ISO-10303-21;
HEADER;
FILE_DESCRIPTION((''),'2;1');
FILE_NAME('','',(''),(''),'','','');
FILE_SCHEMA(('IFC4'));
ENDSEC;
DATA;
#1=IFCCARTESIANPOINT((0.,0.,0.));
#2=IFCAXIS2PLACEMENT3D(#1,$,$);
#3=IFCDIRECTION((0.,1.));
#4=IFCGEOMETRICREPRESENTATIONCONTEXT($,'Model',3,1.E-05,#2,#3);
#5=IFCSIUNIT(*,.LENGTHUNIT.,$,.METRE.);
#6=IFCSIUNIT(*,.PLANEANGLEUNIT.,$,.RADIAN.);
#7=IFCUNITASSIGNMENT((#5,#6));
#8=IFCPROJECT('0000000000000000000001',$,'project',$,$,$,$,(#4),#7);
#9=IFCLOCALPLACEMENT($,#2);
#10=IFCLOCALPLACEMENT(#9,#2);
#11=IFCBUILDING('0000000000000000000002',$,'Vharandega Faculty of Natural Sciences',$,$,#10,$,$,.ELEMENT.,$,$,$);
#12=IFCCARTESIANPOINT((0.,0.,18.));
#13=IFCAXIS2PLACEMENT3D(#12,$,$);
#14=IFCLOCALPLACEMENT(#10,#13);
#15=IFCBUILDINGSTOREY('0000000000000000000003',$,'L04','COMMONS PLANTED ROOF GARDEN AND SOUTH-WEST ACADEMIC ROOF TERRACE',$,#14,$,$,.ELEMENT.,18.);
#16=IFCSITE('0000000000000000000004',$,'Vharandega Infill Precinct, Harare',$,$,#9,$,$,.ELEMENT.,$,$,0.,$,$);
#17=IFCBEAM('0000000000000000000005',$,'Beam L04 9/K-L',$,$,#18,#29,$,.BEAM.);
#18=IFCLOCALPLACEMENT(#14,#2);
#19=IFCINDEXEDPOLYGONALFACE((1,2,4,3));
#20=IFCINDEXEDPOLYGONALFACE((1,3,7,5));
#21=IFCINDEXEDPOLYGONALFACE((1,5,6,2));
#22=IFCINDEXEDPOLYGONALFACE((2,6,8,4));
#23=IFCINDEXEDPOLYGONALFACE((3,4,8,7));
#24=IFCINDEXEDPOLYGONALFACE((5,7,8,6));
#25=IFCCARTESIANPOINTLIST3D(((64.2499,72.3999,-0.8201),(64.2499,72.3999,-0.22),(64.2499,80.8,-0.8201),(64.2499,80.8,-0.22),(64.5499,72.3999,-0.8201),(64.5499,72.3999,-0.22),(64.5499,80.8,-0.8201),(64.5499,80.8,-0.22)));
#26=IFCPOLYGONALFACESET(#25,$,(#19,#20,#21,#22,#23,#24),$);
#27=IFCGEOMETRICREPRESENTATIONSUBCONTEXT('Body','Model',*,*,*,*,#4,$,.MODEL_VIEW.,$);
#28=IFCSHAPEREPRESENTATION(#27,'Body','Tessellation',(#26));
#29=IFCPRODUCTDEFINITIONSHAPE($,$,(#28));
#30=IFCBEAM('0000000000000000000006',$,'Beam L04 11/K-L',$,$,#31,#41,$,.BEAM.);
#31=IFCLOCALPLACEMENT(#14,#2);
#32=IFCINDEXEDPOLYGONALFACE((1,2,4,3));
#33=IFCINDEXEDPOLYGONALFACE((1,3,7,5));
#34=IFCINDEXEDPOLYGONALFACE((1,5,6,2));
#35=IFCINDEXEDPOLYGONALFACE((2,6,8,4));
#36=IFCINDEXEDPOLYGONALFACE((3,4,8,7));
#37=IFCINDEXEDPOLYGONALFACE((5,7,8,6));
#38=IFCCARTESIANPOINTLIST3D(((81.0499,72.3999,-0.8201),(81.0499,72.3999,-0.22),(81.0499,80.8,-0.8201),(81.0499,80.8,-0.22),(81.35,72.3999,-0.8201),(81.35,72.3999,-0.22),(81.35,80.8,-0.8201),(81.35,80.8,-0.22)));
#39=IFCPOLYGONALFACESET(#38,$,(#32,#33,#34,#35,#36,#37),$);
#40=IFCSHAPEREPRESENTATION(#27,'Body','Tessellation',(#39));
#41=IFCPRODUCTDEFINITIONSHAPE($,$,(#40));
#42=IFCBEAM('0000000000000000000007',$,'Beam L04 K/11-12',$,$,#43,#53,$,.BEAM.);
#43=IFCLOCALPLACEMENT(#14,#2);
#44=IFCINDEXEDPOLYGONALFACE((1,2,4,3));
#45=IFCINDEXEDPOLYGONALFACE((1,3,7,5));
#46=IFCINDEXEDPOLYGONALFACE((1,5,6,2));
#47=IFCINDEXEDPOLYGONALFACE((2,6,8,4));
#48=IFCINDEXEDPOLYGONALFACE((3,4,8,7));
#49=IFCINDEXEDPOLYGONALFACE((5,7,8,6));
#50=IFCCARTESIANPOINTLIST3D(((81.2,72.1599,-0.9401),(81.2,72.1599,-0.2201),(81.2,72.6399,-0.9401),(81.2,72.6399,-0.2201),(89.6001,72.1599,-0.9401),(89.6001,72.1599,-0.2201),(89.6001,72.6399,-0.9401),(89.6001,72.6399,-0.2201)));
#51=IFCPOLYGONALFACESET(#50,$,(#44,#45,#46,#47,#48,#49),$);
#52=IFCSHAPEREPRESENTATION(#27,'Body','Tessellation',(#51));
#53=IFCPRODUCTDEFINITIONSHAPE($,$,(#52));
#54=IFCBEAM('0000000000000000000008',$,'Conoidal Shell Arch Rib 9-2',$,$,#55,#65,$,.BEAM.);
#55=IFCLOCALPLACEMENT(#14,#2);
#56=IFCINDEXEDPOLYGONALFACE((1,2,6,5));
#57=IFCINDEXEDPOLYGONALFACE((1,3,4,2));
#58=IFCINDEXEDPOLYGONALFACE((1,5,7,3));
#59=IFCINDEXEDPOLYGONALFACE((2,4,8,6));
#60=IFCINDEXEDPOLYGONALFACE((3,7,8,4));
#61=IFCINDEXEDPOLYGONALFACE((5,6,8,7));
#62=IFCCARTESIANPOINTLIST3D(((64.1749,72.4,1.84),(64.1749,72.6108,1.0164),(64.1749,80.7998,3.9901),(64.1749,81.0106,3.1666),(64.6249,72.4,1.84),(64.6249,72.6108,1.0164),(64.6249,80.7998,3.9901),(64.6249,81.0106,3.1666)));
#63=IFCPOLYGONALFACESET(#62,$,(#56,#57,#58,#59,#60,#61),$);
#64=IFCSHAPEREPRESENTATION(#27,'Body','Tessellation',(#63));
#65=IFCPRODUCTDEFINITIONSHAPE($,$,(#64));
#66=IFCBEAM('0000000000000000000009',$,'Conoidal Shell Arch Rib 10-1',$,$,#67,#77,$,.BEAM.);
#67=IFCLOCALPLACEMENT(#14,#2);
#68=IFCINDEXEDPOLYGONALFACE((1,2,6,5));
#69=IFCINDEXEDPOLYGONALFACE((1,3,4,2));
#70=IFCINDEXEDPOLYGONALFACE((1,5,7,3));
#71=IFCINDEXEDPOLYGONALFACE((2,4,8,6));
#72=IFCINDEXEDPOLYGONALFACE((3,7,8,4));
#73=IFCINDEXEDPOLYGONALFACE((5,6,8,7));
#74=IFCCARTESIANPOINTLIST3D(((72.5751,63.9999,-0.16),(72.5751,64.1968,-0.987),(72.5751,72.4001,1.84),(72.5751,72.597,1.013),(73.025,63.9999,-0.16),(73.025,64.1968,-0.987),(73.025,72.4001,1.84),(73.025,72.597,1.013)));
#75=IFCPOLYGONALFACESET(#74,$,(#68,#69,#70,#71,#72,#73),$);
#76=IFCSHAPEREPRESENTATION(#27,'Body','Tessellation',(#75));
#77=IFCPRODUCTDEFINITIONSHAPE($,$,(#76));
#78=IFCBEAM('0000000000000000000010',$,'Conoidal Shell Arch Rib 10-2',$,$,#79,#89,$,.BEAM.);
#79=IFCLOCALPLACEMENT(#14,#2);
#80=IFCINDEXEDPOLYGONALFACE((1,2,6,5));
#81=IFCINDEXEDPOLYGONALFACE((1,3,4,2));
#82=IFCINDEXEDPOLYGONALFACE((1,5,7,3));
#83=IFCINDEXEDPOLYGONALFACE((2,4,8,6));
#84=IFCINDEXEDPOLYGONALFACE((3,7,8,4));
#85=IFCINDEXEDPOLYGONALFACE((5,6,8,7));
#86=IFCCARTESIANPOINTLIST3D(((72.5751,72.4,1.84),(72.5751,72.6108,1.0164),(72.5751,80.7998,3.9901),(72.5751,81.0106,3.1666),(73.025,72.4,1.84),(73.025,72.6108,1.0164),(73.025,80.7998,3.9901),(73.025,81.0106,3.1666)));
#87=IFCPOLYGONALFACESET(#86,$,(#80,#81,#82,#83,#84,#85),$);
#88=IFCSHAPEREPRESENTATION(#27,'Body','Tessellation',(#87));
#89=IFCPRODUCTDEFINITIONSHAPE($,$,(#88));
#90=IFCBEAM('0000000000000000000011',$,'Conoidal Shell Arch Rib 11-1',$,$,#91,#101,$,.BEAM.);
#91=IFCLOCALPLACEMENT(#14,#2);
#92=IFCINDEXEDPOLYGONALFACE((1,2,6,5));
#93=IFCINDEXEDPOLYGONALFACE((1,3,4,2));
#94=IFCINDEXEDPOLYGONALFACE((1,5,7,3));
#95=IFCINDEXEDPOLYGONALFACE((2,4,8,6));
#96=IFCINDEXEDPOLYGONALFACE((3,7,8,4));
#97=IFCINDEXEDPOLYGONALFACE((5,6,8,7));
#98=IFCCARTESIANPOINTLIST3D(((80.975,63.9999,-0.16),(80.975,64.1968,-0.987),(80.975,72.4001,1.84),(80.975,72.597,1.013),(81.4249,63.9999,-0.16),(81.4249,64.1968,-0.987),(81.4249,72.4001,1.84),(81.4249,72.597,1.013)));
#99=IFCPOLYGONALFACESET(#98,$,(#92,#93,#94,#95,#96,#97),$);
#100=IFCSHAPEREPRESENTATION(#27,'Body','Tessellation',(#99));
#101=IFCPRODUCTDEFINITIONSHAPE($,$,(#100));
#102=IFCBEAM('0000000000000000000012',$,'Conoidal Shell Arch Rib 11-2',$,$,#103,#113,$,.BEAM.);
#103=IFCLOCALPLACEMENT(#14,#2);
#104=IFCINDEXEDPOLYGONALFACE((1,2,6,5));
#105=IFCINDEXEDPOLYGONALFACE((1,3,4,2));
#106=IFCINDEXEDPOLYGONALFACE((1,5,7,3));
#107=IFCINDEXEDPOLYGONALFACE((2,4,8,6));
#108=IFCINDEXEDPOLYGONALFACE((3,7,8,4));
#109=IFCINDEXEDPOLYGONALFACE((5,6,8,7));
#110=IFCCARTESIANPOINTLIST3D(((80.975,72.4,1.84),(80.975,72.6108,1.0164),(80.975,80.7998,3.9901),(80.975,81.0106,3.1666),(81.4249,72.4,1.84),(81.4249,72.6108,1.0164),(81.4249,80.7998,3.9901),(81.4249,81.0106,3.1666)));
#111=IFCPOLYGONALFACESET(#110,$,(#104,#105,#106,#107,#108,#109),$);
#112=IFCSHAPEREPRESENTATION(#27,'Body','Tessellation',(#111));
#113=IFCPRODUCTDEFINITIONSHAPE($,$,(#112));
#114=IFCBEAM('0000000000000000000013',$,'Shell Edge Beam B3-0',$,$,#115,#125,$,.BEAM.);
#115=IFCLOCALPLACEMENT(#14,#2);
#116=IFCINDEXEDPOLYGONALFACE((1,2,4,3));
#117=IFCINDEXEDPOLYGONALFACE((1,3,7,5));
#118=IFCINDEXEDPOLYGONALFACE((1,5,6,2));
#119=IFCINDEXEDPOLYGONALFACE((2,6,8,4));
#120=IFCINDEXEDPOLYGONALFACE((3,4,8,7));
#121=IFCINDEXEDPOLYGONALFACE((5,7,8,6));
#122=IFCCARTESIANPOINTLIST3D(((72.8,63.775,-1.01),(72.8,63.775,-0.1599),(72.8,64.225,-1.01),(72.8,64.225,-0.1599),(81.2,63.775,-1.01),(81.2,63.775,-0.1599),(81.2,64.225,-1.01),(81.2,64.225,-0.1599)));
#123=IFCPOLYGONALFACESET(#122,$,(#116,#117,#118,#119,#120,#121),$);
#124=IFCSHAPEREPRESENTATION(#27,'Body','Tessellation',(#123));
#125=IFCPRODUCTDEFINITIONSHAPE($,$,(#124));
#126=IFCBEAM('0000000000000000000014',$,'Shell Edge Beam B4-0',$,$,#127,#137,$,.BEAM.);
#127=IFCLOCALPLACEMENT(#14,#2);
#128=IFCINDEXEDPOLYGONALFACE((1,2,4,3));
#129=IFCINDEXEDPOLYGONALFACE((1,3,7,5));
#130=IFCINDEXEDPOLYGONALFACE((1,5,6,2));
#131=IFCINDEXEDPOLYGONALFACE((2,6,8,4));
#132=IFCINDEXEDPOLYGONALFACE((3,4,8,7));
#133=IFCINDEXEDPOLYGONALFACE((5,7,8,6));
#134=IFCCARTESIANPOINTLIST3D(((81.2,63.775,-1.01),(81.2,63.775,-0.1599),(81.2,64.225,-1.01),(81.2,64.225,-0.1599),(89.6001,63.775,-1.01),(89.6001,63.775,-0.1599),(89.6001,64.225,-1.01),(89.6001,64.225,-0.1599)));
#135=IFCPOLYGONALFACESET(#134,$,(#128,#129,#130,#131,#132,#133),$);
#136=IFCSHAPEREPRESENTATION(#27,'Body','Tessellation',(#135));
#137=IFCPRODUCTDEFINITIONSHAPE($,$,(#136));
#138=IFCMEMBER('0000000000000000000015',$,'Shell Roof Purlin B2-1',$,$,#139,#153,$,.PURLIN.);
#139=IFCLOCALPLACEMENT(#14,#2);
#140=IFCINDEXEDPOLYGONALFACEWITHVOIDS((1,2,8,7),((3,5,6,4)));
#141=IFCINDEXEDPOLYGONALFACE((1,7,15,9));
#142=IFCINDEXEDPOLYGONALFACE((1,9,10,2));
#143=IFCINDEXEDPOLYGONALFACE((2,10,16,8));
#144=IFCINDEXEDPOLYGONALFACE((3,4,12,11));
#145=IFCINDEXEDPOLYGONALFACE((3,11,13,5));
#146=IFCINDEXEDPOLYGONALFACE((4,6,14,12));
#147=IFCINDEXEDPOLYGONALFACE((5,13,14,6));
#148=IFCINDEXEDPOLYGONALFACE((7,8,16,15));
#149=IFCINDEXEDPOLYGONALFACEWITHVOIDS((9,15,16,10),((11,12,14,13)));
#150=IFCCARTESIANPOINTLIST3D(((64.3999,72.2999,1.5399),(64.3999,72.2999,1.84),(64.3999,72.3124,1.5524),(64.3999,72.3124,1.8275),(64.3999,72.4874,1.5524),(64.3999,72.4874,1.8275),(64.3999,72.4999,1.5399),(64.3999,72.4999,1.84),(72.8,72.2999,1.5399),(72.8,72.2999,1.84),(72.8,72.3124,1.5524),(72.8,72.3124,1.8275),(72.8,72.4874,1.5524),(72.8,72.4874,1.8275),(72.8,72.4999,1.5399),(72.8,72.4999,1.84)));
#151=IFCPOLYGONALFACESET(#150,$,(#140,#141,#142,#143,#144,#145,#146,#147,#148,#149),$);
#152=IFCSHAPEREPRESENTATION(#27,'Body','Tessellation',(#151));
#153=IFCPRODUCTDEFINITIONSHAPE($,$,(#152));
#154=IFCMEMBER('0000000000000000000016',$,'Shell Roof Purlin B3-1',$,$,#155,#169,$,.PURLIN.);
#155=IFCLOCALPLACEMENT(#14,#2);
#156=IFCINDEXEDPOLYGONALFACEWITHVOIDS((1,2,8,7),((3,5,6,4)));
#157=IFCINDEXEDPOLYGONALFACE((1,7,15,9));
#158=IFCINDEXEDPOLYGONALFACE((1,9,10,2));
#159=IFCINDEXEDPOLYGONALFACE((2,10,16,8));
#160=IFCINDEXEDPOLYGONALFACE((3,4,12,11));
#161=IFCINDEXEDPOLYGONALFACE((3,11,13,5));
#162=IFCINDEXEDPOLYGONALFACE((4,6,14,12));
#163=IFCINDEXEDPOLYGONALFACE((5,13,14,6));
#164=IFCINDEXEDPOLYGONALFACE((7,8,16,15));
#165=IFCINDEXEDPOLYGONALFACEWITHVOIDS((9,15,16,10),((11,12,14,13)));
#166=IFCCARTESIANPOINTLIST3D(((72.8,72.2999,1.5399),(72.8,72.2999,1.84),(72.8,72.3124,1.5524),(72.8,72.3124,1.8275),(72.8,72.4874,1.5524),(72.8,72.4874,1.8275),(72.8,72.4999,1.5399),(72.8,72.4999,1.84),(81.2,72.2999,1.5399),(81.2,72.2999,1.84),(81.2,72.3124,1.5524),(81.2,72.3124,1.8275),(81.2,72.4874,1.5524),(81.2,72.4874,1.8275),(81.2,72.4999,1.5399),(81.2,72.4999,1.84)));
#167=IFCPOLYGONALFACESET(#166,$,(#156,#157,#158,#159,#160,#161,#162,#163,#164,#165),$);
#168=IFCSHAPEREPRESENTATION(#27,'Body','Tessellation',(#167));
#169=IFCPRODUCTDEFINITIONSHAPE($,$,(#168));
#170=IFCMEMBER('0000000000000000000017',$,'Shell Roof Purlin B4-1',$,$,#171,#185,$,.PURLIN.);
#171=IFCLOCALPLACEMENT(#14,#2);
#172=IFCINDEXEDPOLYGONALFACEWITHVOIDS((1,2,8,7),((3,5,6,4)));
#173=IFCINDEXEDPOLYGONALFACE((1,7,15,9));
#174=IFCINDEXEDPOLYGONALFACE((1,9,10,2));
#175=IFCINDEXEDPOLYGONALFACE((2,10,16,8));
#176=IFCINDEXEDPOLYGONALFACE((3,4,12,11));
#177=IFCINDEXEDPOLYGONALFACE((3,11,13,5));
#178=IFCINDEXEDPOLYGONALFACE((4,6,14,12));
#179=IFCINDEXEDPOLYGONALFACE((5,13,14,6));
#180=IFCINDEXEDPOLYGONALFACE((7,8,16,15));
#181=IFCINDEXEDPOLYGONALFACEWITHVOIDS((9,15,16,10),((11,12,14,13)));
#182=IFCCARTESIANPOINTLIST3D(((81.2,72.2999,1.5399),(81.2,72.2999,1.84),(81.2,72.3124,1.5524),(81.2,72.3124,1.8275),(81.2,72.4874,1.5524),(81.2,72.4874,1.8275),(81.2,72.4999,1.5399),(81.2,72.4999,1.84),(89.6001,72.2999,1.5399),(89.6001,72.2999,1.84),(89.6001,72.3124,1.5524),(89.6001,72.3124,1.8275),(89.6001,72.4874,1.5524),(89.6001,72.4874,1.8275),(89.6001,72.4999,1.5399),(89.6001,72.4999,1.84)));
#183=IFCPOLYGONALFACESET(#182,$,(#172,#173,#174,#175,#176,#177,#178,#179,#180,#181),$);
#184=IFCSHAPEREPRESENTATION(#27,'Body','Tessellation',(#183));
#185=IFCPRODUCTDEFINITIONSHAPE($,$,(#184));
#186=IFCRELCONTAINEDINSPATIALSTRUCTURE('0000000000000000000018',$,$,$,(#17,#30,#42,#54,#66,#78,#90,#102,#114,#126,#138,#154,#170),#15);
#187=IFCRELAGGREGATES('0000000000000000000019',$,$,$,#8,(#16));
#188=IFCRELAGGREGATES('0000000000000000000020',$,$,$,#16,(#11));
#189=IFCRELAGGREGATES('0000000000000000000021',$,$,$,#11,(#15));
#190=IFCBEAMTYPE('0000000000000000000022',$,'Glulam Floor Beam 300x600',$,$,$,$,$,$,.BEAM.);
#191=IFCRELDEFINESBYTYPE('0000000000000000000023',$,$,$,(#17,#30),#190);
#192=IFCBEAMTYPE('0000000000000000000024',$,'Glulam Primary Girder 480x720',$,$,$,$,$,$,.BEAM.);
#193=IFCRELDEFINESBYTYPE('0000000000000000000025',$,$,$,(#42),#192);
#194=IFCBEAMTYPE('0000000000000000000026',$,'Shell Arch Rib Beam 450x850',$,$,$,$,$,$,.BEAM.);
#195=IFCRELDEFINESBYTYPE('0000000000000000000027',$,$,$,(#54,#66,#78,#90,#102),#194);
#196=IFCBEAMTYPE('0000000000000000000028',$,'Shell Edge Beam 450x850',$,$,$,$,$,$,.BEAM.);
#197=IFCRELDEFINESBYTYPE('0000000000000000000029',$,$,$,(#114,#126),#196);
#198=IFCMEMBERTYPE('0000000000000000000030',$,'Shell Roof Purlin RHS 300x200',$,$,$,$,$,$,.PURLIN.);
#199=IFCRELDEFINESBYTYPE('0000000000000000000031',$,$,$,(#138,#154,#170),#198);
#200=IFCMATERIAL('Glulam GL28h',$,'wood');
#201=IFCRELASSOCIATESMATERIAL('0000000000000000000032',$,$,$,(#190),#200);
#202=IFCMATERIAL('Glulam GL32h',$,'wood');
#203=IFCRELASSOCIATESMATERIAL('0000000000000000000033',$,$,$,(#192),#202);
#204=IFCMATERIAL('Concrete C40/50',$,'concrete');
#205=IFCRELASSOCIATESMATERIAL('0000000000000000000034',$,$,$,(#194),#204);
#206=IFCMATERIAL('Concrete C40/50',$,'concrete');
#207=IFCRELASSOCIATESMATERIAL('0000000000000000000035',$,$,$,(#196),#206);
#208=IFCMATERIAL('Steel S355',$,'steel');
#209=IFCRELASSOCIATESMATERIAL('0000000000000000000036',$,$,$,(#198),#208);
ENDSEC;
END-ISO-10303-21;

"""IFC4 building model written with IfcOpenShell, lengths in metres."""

from ifc_helpers import new_model, si_unit, direction, frame, origin, origin_2d, place, context, subcontext, project, spatial, rectangle, hollow_rectangle, extrude, material, material_profile, profile_set, type_object, element, save


model = new_model("IFC4")

# Units and contexts
model_context = context("Model", 3, precision=1e-05, world=origin(), true_north=direction((0.0, 1.0)))
body_context = subcontext(model_context, "Body", "Model", "MODEL_VIEW")
ifc_project = project(units=[si_unit("LENGTHUNIT", "METRE"), si_unit("PLANEANGLEUNIT", "RADIAN")], contexts=[model_context])

# Site, building, storey
site_placement = place(None, origin())
site = spatial("IfcSite", under=ifc_project, at=site_placement, Name="Vharandega Infill Precinct, Harare", CompositionType="ELEMENT", RefElevation=0.0)
building_placement = place(site_placement, origin())
building = spatial("IfcBuilding", under=site, at=building_placement, Name="Vharandega Faculty of Natural Sciences", CompositionType="ELEMENT")
storey_placement = place(building_placement, frame((0.0, 0.0, 18.0)))
storey = spatial("IfcBuildingStorey", under=building, at=storey_placement, Name="L04", Description="COMMONS PLANTED ROOF GARDEN AND SOUTH-WEST ACADEMIC ROOF TERRACE", CompositionType="ELEMENT", Elevation=18.0)

# Beams
ifc_material_1 = material(Name="Glulam GL28h", Category="wood")
ifc_material_profile_1 = material_profile(ifc_material_1, rectangle(XDim=0.3, YDim=0.6001, at=origin_2d()), Name="GL28h 300x600")
ifc_profile_set_1 = profile_set([ifc_material_profile_1], Name="Glulam GL28h")
beam_type_1 = type_object("IfcBeamType", Name="Glulam Floor Beam 300x600", PredefinedType="BEAM", material=ifc_profile_set_1)
for number, where, z_axis, x_axis, name in (
    (1, (64.3999, 72.3999, -0.52), (0.0, 1.0, 0.0), (-1.0, 0.0, 0.0), "Beam L04 9/K-L"),
    (2, (81.2, 72.3999, -0.52), (0.0, 1.0, 0.0), (-1.0, 0.0, 0.0), "Beam L04 11/K-L"),
):
    element("IfcBeam", number, at=place(storey_placement, frame(where, z_axis=z_axis, x_axis=x_axis)), inside=storey, type_object=beam_type_1, Name=name, PredefinedType="BEAM", context=body_context, shape_type="SweptSolid", body=[
        extrude(rectangle(XDim=0.3, YDim=0.6001, at=origin_2d()), origin(), (0.0, 0.0, 1.0), 8.4001),
    ])
ifc_material_2 = material(Name="Glulam GL32h", Category="wood")
ifc_material_profile_2 = material_profile(ifc_material_2, rectangle(XDim=0.48, YDim=0.72, at=origin_2d()), Name="GL32h 480x720")
ifc_profile_set_2 = profile_set([ifc_material_profile_2], Name="Glulam GL32h")
beam_type_2 = type_object("IfcBeamType", Name="Glulam Primary Girder 480x720", PredefinedType="BEAM", material=ifc_profile_set_2)
beam_1_placement = place(storey_placement, frame((81.2, 72.3999, -0.5801), z_axis=(1.0, 0.0, 0.0), x_axis=(0.0, 1.0, 0.0)))
element("IfcBeam", 3, at=beam_1_placement, inside=storey, type_object=beam_type_2, Name="Beam L04 K/11-12", PredefinedType="BEAM", context=body_context, shape_type="SweptSolid", body=[
    extrude(rectangle(XDim=0.48, YDim=0.72, at=origin_2d()), origin(), (0.0, 0.0, 1.0), 8.4001),
])
ifc_material_3 = material(Name="Concrete C40/50", Category="concrete")
ifc_material_profile_3 = material_profile(ifc_material_3, rectangle(XDim=0.45, YDim=0.8501, at=origin_2d()), Name="RC 450x850")
ifc_profile_set_3 = profile_set([ifc_material_profile_3], Name="Concrete C40/50")
beam_type_3 = type_object("IfcBeamType", Name="Shell Arch Rib Beam 450x850", PredefinedType="BEAM", material=ifc_profile_set_3)
beam_2_placement = place(storey_placement, frame((64.3999, 72.5054, 1.4282), z_axis=(0.0, 0.968766, 0.247978), x_axis=(-1.0, 0.0, 0.0)))
element("IfcBeam", 4, at=beam_2_placement, inside=storey, type_object=beam_type_3, Name="Conoidal Shell Arch Rib 9-2", PredefinedType="BEAM", context=body_context, shape_type="SweptSolid", body=[
    extrude(rectangle(XDim=0.45, YDim=0.8501, at=origin_2d()), origin(), (0.0, 0.0, 1.0), 8.6707),
])
beam_3_placement = place(storey_placement, frame((72.8, 64.0984, -0.5735), z_axis=(0.0, 0.972807, 0.231617), x_axis=(-1.0, 0.0, 0.0)))
element("IfcBeam", 5, at=beam_3_placement, inside=storey, type_object=beam_type_3, Name="Conoidal Shell Arch Rib 10-1", PredefinedType="BEAM", context=body_context, shape_type="SweptSolid", body=[
    extrude(rectangle(XDim=0.45, YDim=0.8501, at=origin_2d()), origin(), (0.0, 0.0, 1.0), 8.635),
])
beam_4_placement = place(storey_placement, frame((72.8, 72.5054, 1.4282), z_axis=(0.0, 0.968766, 0.247978), x_axis=(-1.0, 0.0, 0.0)))
element("IfcBeam", 6, at=beam_4_placement, inside=storey, type_object=beam_type_3, Name="Conoidal Shell Arch Rib 10-2", PredefinedType="BEAM", context=body_context, shape_type="SweptSolid", body=[
    extrude(rectangle(XDim=0.45, YDim=0.8501, at=origin_2d()), origin(), (0.0, 0.0, 1.0), 8.6707),
])
beam_5_placement = place(storey_placement, frame((81.2, 64.0984, -0.5735), z_axis=(0.0, 0.972807, 0.231617), x_axis=(-1.0, 0.0, 0.0)))
element("IfcBeam", 7, at=beam_5_placement, inside=storey, type_object=beam_type_3, Name="Conoidal Shell Arch Rib 11-1", PredefinedType="BEAM", context=body_context, shape_type="SweptSolid", body=[
    extrude(rectangle(XDim=0.45, YDim=0.8501, at=origin_2d()), origin(), (0.0, 0.0, 1.0), 8.635),
])
beam_6_placement = place(storey_placement, frame((81.2, 72.5054, 1.4282), z_axis=(0.0, 0.968766, 0.247978), x_axis=(-1.0, 0.0, 0.0)))
element("IfcBeam", 8, at=beam_6_placement, inside=storey, type_object=beam_type_3, Name="Conoidal Shell Arch Rib 11-2", PredefinedType="BEAM", context=body_context, shape_type="SweptSolid", body=[
    extrude(rectangle(XDim=0.45, YDim=0.8501, at=origin_2d()), origin(), (0.0, 0.0, 1.0), 8.6707),
])
ifc_material_4 = material(Name="Concrete C40/50", Category="concrete")
ifc_material_profile_4 = material_profile(ifc_material_4, rectangle(XDim=0.45, YDim=0.8501, at=origin_2d()), Name="RC 450x850")
ifc_profile_set_4 = profile_set([ifc_material_profile_4], Name="Concrete C40/50")
beam_type_4 = type_object("IfcBeamType", Name="Shell Edge Beam 450x850", PredefinedType="BEAM", material=ifc_profile_set_4)
beam_7_placement = place(storey_placement, frame((72.8, 64.0, -0.585), z_axis=(1.0, 0.0, 0.0), x_axis=(0.0, 1.0, 0.0)))
element("IfcBeam", 9, at=beam_7_placement, inside=storey, type_object=beam_type_4, Name="Shell Edge Beam B3-0", PredefinedType="BEAM", context=body_context, shape_type="SweptSolid", body=[
    extrude(rectangle(XDim=0.45, YDim=0.8501, at=origin_2d()), origin(), (0.0, 0.0, 1.0), 8.3999),
])
beam_8_placement = place(storey_placement, frame((81.2, 64.0, -0.585), z_axis=(1.0, 0.0, 0.0), x_axis=(0.0, 1.0, 0.0)))
element("IfcBeam", 10, at=beam_8_placement, inside=storey, type_object=beam_type_4, Name="Shell Edge Beam B4-0", PredefinedType="BEAM", context=body_context, shape_type="SweptSolid", body=[
    extrude(rectangle(XDim=0.45, YDim=0.8501, at=origin_2d()), origin(), (0.0, 0.0, 1.0), 8.4001),
])

# Members
ifc_material_5 = material(Name="Steel S355", Category="steel")
ifc_material_profile_5 = material_profile(ifc_material_5, hollow_rectangle(XDim=0.2, YDim=0.3, WallThickness=0.0125, at=origin_2d()), Name="RHS 300x200x12.5")
ifc_profile_set_5 = profile_set([ifc_material_profile_5], Name="Steel S355")
member_type = type_object("IfcMemberType", Name="Shell Roof Purlin RHS 300x200", PredefinedType="PURLIN", material=ifc_profile_set_5)
member_1_placement = place(storey_placement, frame((64.3999, 72.3999, 1.6899), z_axis=(1.0, 0.0, 0.0), x_axis=(0.0, 1.0, 0.0)))
element("IfcMember", 11, at=member_1_placement, inside=storey, type_object=member_type, Name="Shell Roof Purlin B2-1", PredefinedType="PURLIN", context=body_context, shape_type="SweptSolid", body=[
    extrude(hollow_rectangle(XDim=0.2, YDim=0.3, WallThickness=0.0125, at=origin_2d()), origin(), (0.0, 0.0, 1.0), 8.4001),
])
member_2_placement = place(storey_placement, frame((72.8, 72.3999, 1.6899), z_axis=(1.0, 0.0, 0.0), x_axis=(0.0, 1.0, 0.0)))
element("IfcMember", 12, at=member_2_placement, inside=storey, type_object=member_type, Name="Shell Roof Purlin B3-1", PredefinedType="PURLIN", context=body_context, shape_type="SweptSolid", body=[
    extrude(hollow_rectangle(XDim=0.2, YDim=0.3, WallThickness=0.0125, at=origin_2d()), origin(), (0.0, 0.0, 1.0), 8.3999),
])
member_3_placement = place(storey_placement, frame((81.2, 72.3999, 1.6899), z_axis=(1.0, 0.0, 0.0), x_axis=(0.0, 1.0, 0.0)))
element("IfcMember", 13, at=member_3_placement, inside=storey, type_object=member_type, Name="Shell Roof Purlin B4-1", PredefinedType="PURLIN", context=body_context, shape_type="SweptSolid", body=[
    extrude(hollow_rectangle(XDim=0.2, YDim=0.3, WallThickness=0.0125, at=origin_2d()), origin(), (0.0, 0.0, 1.0), 8.4001),
])

save(model, "model.ifc")
